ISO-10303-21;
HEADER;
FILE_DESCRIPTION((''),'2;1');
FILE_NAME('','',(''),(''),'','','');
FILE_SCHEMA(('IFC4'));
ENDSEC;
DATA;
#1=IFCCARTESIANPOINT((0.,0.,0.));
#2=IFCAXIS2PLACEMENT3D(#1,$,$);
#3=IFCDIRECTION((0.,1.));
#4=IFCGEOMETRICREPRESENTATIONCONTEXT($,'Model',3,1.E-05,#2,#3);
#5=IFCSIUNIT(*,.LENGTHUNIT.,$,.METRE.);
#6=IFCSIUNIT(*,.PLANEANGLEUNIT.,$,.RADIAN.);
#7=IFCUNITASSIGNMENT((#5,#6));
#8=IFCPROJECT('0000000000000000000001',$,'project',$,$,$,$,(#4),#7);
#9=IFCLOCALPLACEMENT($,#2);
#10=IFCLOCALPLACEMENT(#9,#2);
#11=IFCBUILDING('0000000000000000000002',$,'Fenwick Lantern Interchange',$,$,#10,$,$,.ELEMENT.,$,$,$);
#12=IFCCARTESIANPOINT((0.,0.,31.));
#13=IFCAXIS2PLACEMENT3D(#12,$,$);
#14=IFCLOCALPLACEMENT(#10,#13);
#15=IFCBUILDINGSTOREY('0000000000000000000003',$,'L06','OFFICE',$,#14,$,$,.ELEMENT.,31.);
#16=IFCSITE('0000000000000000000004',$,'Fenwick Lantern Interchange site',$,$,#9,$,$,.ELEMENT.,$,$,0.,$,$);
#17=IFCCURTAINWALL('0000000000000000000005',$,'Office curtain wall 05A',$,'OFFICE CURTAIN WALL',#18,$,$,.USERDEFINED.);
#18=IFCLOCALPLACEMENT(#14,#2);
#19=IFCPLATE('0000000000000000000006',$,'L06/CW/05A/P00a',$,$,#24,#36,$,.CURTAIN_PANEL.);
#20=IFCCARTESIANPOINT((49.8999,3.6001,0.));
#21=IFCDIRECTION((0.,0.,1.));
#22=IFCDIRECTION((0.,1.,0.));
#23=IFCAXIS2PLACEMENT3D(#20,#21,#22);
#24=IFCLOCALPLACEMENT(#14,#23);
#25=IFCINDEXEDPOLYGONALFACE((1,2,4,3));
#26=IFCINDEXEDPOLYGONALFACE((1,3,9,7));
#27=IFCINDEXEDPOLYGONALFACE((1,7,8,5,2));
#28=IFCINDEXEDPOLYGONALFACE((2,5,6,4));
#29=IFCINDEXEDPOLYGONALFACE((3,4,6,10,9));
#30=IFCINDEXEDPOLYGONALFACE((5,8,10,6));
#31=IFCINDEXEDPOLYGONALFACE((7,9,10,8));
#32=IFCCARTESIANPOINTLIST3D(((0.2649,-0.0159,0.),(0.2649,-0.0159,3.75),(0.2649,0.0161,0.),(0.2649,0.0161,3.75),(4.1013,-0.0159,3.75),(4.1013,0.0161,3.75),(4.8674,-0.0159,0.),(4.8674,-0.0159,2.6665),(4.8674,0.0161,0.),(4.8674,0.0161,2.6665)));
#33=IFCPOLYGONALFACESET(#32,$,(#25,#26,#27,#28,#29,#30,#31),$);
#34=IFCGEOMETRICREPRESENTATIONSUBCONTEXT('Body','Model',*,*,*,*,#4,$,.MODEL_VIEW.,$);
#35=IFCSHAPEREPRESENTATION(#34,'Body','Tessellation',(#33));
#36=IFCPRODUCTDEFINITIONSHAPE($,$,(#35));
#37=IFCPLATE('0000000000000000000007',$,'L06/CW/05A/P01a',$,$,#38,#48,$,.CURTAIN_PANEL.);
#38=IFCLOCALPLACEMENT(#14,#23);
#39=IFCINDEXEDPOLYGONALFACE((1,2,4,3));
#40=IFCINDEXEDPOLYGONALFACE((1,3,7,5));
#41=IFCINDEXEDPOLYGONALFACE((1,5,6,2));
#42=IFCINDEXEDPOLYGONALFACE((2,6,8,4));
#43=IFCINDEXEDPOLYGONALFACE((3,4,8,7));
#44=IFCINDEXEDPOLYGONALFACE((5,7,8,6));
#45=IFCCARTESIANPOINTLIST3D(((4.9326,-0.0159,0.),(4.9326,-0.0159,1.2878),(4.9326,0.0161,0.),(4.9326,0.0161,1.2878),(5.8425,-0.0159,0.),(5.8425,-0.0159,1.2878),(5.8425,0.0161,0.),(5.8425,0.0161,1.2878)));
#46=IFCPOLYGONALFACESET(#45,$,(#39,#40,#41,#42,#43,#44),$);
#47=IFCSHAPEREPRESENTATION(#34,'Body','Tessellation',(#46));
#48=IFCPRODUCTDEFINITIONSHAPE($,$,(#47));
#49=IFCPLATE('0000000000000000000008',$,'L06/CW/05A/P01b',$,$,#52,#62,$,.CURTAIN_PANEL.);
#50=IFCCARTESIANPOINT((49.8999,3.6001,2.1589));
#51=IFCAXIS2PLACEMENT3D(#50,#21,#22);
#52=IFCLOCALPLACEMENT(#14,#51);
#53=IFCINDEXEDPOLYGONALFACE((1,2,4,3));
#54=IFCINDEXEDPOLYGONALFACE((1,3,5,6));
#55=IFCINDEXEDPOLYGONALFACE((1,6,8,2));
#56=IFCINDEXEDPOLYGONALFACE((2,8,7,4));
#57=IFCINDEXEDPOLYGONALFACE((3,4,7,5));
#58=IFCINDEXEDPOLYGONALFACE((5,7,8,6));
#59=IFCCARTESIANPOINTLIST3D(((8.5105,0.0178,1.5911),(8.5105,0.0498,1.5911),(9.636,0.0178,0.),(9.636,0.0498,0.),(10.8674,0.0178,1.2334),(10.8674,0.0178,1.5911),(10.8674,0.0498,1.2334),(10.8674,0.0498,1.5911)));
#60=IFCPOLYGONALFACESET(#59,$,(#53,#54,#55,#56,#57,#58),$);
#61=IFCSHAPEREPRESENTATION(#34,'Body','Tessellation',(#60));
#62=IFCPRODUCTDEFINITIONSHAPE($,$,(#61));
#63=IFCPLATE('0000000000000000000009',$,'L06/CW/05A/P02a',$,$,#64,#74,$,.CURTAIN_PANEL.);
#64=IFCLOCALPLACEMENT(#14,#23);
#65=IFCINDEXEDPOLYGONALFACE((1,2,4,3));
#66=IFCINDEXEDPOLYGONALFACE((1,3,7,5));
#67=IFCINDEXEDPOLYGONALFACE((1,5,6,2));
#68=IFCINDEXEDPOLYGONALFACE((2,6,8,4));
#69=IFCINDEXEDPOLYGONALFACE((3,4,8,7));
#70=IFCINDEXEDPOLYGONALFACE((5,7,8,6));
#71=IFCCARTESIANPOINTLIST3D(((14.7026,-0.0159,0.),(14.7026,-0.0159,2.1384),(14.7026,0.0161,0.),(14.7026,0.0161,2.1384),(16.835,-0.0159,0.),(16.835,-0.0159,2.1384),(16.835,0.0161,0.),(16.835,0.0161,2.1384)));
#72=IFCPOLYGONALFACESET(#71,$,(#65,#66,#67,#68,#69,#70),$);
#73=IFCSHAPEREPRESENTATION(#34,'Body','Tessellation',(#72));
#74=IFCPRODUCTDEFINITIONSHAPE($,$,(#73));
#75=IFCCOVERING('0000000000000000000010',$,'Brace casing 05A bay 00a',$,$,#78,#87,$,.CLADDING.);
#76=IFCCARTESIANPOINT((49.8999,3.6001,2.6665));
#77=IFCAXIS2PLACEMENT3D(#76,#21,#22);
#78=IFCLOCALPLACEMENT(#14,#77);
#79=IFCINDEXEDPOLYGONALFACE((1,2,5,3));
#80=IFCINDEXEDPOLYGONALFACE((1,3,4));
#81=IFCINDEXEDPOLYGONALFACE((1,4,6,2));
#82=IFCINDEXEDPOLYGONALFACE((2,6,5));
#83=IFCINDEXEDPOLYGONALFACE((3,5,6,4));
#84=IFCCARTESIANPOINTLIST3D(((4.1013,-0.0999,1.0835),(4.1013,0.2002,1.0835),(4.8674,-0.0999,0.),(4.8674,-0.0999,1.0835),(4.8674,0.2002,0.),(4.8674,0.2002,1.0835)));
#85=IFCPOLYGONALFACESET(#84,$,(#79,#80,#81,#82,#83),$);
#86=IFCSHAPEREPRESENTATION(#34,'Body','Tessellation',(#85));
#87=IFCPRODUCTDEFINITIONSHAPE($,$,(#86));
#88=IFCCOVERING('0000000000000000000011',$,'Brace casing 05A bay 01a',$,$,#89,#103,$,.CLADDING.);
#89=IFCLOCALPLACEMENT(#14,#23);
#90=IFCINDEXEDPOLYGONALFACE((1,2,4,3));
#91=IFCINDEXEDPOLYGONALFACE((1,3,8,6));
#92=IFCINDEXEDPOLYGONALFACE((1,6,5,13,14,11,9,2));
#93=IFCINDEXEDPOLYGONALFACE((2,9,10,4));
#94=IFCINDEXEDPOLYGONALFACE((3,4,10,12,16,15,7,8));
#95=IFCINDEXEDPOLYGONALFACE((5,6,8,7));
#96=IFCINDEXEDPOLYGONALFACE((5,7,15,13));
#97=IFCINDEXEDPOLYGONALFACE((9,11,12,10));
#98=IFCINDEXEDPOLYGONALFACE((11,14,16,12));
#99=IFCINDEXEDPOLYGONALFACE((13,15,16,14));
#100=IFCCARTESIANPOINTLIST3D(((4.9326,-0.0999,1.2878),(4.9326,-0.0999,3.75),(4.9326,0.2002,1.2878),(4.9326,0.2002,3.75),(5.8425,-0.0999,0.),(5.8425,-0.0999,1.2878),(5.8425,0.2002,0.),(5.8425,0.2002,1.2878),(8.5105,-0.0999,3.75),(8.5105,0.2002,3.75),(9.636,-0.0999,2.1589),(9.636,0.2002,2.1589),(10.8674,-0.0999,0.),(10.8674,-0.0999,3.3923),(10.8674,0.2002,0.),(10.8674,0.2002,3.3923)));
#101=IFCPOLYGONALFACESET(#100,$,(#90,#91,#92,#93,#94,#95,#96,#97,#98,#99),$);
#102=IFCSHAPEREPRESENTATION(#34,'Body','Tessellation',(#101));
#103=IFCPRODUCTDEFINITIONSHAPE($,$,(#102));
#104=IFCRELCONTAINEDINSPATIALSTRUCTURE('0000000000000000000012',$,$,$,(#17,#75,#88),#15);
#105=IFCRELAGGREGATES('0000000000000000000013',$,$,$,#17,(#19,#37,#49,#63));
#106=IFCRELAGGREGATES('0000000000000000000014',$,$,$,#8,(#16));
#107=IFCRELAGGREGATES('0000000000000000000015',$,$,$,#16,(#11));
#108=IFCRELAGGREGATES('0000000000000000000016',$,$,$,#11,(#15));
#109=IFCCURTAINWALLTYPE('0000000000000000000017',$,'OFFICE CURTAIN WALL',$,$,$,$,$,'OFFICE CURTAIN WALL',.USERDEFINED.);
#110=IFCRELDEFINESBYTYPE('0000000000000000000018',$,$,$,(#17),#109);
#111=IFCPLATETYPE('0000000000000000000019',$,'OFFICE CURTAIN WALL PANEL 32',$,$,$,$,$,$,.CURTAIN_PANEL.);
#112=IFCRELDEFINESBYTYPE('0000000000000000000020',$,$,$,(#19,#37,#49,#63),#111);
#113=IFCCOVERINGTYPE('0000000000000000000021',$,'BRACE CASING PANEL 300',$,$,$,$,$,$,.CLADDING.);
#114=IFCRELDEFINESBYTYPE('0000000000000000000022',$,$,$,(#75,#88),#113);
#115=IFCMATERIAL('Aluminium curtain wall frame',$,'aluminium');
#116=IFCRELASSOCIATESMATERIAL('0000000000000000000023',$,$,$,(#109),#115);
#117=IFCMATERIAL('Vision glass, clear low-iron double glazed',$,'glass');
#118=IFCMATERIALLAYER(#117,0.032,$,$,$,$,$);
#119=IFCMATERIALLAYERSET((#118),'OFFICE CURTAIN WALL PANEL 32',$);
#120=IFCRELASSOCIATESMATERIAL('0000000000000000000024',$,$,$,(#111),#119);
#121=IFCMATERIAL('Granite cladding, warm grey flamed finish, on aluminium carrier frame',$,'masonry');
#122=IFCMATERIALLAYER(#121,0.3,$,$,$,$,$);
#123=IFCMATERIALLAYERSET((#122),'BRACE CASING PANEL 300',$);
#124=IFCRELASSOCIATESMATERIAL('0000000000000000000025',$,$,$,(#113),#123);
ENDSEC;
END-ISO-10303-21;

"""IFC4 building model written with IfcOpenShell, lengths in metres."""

from ifc_helpers import new_model, si_unit, direction, frame, origin, place, context, subcontext, project, spatial, polyline, outline, extrude, material, layer, layer_set, type_object, element, aggregate, save


model = new_model("IFC4")

# Units and contexts
model_context = context("Model", 3, precision=1e-05, world=origin(), true_north=direction((0.0, 1.0)))
body_context = subcontext(model_context, "Body", "Model", "MODEL_VIEW")
ifc_project = project(units=[si_unit("LENGTHUNIT", "METRE"), si_unit("PLANEANGLEUNIT", "RADIAN")], contexts=[model_context])

# Site, building, storey
site_placement = place(None, origin())
site = spatial("IfcSite", under=ifc_project, at=site_placement, Name="Fenwick Lantern Interchange site", CompositionType="ELEMENT", RefElevation=0.0)
building_placement = place(site_placement, origin())
building = spatial("IfcBuilding", under=site, at=building_placement, Name="Fenwick Lantern Interchange", CompositionType="ELEMENT")
storey_placement = place(building_placement, frame((0.0, 0.0, 31.0)))
storey = spatial("IfcBuildingStorey", under=building, at=storey_placement, Name="L06", Description="OFFICE", CompositionType="ELEMENT", Elevation=31.0)

# Shared definitions
ifc_material_1 = material(Name="Aluminium curtain wall frame", Category="aluminium")
curtain_wall_type = type_object("IfcCurtainWallType", Name="OFFICE CURTAIN WALL", ElementType="OFFICE CURTAIN WALL", PredefinedType="USERDEFINED", material=ifc_material_1)

# Shared definitions
ifc_material_2 = material(Name="Vision glass, clear low-iron double glazed", Category="glass")
ifc_layer_1 = layer(ifc_material_2, 0.032)
ifc_layer_set_1 = layer_set([ifc_layer_1], Name="OFFICE CURTAIN WALL PANEL 32")
plate_type = type_object("IfcPlateType", Name="OFFICE CURTAIN WALL PANEL 32", PredefinedType="CURTAIN_PANEL", material=ifc_layer_set_1)

# Curtain wall, plates
curtain_wall_1_placement = place(storey_placement, origin())
curtain_wall_1 = element("IfcCurtainWall", 1, at=curtain_wall_1_placement, inside=storey, type_object=curtain_wall_type, Name="Office curtain wall 05A", ObjectType="OFFICE CURTAIN WALL", PredefinedType="USERDEFINED")
plate_1_placement = place(storey_placement, frame((49.8999, 3.6001, 0.0), z_axis=(0.0, 0.0, 1.0), x_axis=(0.0, 1.0, 0.0)))
plate_1 = element("IfcPlate", 2, at=plate_1_placement, type_object=plate_type, Name="L06/CW/05A/P00a", PredefinedType="CURTAIN_PANEL", context=body_context, shape_type="SweptSolid", body=[
    extrude(outline(polyline([(0.2649, 0.0), (4.8674, 0.0), (4.8674, 2.6665), (4.1013, 3.75), (0.2649, 3.75), (0.2649, 0.0)])), frame((0.0, 0.0161, 0.0), z_axis=(0.0, -1.0, 0.0), x_axis=(1.0, 0.0, 0.0)), (0.0, 0.0, 1.0), 0.032),
])
plate_2_placement = place(storey_placement, frame((49.8999, 3.6001, 0.0), z_axis=(0.0, 0.0, 1.0), x_axis=(0.0, 1.0, 0.0)))
plate_2 = element("IfcPlate", 3, at=plate_2_placement, type_object=plate_type, Name="L06/CW/05A/P01a", PredefinedType="CURTAIN_PANEL", context=body_context, shape_type="SweptSolid", body=[
    extrude(outline(polyline([(4.9326, 0.0), (5.8425, 0.0), (5.8425, 1.2878), (4.9326, 1.2878), (4.9326, 0.0)])), frame((0.0, 0.0161, 0.0), z_axis=(0.0, -1.0, 0.0), x_axis=(1.0, 0.0, 0.0)), (0.0, 0.0, 1.0), 0.032),
])
plate_3_placement = place(storey_placement, frame((49.8999, 3.6001, 2.1589), z_axis=(0.0, 0.0, 1.0), x_axis=(0.0, 1.0, 0.0)))
plate_3 = element("IfcPlate", 4, at=plate_3_placement, type_object=plate_type, Name="L06/CW/05A/P01b", PredefinedType="CURTAIN_PANEL", context=body_context, shape_type="SweptSolid", body=[
    extrude(outline(polyline([(9.636, 0.0), (10.8674, 1.2334), (10.8674, 1.5911), (8.5105, 1.5911), (9.636, 0.0)])), frame((0.0, 0.0498, 0.0), z_axis=(0.0, -1.0, 0.0), x_axis=(1.0, 0.0, 0.0)), (0.0, 0.0, 1.0), 0.032),
])
plate_4_placement = place(storey_placement, frame((49.8999, 3.6001, 0.0), z_axis=(0.0, 0.0, 1.0), x_axis=(0.0, 1.0, 0.0)))
plate_4 = element("IfcPlate", 5, at=plate_4_placement, type_object=plate_type, Name="L06/CW/05A/P02a", PredefinedType="CURTAIN_PANEL", context=body_context, shape_type="SweptSolid", body=[
    extrude(outline(polyline([(14.7026, 0.0), (16.835, 0.0), (16.835, 2.1384), (14.7026, 2.1384), (14.7026, 0.0)])), frame((0.0, 0.0161, 0.0), z_axis=(0.0, -1.0, 0.0), x_axis=(1.0, 0.0, 0.0)), (0.0, 0.0, 1.0), 0.032),
])
aggregate(curtain_wall_1, [plate_1, plate_2, plate_3, plate_4])

# Coverings
ifc_material_3 = material(Name="Granite cladding, warm grey flamed finish, on aluminium carrier frame", Category="masonry")
ifc_layer_2 = layer(ifc_material_3, 0.3)
ifc_layer_set_2 = layer_set([ifc_layer_2], Name="BRACE CASING PANEL 300")
covering_type = type_object("IfcCoveringType", Name="BRACE CASING PANEL 300", PredefinedType="CLADDING", material=ifc_layer_set_2)
covering_1_placement = place(storey_placement, frame((49.8999, 3.6001, 2.6665), z_axis=(0.0, 0.0, 1.0), x_axis=(0.0, 1.0, 0.0)))
element("IfcCovering", 6, at=covering_1_placement, inside=storey, type_object=covering_type, Name="Brace casing 05A bay 00a", PredefinedType="CLADDING", context=body_context, shape_type="SweptSolid", body=[
    extrude(outline(polyline([(4.8674, 0.0), (4.8674, 1.0835), (4.1013, 1.0835), (4.8674, 0.0)])), frame((0.0, 0.2002, 0.0), z_axis=(0.0, -1.0, 0.0), x_axis=(1.0, 0.0, 0.0)), (0.0, 0.0, 1.0), 0.3),
])
covering_2_placement = place(storey_placement, frame((49.8999, 3.6001, 0.0), z_axis=(0.0, 0.0, 1.0), x_axis=(0.0, 1.0, 0.0)))
element("IfcCovering", 7, at=covering_2_placement, inside=storey, type_object=covering_type, Name="Brace casing 05A bay 01a", PredefinedType="CLADDING", context=body_context, shape_type="SweptSolid", body=[
    extrude(outline(polyline([(5.8425, 0.0), (10.8674, 0.0), (10.8674, 3.3923), (9.636, 2.1589), (8.5105, 3.75), (4.9326, 3.75), (4.9326, 1.2878), (5.8425, 1.2878), (5.8425, 0.0)])), frame((0.0, 0.2002, 0.0), z_axis=(0.0, -1.0, 0.0), x_axis=(1.0, 0.0, 0.0)), (0.0, 0.0, 1.0), 0.3),
])

save(model, "model.ifc")
